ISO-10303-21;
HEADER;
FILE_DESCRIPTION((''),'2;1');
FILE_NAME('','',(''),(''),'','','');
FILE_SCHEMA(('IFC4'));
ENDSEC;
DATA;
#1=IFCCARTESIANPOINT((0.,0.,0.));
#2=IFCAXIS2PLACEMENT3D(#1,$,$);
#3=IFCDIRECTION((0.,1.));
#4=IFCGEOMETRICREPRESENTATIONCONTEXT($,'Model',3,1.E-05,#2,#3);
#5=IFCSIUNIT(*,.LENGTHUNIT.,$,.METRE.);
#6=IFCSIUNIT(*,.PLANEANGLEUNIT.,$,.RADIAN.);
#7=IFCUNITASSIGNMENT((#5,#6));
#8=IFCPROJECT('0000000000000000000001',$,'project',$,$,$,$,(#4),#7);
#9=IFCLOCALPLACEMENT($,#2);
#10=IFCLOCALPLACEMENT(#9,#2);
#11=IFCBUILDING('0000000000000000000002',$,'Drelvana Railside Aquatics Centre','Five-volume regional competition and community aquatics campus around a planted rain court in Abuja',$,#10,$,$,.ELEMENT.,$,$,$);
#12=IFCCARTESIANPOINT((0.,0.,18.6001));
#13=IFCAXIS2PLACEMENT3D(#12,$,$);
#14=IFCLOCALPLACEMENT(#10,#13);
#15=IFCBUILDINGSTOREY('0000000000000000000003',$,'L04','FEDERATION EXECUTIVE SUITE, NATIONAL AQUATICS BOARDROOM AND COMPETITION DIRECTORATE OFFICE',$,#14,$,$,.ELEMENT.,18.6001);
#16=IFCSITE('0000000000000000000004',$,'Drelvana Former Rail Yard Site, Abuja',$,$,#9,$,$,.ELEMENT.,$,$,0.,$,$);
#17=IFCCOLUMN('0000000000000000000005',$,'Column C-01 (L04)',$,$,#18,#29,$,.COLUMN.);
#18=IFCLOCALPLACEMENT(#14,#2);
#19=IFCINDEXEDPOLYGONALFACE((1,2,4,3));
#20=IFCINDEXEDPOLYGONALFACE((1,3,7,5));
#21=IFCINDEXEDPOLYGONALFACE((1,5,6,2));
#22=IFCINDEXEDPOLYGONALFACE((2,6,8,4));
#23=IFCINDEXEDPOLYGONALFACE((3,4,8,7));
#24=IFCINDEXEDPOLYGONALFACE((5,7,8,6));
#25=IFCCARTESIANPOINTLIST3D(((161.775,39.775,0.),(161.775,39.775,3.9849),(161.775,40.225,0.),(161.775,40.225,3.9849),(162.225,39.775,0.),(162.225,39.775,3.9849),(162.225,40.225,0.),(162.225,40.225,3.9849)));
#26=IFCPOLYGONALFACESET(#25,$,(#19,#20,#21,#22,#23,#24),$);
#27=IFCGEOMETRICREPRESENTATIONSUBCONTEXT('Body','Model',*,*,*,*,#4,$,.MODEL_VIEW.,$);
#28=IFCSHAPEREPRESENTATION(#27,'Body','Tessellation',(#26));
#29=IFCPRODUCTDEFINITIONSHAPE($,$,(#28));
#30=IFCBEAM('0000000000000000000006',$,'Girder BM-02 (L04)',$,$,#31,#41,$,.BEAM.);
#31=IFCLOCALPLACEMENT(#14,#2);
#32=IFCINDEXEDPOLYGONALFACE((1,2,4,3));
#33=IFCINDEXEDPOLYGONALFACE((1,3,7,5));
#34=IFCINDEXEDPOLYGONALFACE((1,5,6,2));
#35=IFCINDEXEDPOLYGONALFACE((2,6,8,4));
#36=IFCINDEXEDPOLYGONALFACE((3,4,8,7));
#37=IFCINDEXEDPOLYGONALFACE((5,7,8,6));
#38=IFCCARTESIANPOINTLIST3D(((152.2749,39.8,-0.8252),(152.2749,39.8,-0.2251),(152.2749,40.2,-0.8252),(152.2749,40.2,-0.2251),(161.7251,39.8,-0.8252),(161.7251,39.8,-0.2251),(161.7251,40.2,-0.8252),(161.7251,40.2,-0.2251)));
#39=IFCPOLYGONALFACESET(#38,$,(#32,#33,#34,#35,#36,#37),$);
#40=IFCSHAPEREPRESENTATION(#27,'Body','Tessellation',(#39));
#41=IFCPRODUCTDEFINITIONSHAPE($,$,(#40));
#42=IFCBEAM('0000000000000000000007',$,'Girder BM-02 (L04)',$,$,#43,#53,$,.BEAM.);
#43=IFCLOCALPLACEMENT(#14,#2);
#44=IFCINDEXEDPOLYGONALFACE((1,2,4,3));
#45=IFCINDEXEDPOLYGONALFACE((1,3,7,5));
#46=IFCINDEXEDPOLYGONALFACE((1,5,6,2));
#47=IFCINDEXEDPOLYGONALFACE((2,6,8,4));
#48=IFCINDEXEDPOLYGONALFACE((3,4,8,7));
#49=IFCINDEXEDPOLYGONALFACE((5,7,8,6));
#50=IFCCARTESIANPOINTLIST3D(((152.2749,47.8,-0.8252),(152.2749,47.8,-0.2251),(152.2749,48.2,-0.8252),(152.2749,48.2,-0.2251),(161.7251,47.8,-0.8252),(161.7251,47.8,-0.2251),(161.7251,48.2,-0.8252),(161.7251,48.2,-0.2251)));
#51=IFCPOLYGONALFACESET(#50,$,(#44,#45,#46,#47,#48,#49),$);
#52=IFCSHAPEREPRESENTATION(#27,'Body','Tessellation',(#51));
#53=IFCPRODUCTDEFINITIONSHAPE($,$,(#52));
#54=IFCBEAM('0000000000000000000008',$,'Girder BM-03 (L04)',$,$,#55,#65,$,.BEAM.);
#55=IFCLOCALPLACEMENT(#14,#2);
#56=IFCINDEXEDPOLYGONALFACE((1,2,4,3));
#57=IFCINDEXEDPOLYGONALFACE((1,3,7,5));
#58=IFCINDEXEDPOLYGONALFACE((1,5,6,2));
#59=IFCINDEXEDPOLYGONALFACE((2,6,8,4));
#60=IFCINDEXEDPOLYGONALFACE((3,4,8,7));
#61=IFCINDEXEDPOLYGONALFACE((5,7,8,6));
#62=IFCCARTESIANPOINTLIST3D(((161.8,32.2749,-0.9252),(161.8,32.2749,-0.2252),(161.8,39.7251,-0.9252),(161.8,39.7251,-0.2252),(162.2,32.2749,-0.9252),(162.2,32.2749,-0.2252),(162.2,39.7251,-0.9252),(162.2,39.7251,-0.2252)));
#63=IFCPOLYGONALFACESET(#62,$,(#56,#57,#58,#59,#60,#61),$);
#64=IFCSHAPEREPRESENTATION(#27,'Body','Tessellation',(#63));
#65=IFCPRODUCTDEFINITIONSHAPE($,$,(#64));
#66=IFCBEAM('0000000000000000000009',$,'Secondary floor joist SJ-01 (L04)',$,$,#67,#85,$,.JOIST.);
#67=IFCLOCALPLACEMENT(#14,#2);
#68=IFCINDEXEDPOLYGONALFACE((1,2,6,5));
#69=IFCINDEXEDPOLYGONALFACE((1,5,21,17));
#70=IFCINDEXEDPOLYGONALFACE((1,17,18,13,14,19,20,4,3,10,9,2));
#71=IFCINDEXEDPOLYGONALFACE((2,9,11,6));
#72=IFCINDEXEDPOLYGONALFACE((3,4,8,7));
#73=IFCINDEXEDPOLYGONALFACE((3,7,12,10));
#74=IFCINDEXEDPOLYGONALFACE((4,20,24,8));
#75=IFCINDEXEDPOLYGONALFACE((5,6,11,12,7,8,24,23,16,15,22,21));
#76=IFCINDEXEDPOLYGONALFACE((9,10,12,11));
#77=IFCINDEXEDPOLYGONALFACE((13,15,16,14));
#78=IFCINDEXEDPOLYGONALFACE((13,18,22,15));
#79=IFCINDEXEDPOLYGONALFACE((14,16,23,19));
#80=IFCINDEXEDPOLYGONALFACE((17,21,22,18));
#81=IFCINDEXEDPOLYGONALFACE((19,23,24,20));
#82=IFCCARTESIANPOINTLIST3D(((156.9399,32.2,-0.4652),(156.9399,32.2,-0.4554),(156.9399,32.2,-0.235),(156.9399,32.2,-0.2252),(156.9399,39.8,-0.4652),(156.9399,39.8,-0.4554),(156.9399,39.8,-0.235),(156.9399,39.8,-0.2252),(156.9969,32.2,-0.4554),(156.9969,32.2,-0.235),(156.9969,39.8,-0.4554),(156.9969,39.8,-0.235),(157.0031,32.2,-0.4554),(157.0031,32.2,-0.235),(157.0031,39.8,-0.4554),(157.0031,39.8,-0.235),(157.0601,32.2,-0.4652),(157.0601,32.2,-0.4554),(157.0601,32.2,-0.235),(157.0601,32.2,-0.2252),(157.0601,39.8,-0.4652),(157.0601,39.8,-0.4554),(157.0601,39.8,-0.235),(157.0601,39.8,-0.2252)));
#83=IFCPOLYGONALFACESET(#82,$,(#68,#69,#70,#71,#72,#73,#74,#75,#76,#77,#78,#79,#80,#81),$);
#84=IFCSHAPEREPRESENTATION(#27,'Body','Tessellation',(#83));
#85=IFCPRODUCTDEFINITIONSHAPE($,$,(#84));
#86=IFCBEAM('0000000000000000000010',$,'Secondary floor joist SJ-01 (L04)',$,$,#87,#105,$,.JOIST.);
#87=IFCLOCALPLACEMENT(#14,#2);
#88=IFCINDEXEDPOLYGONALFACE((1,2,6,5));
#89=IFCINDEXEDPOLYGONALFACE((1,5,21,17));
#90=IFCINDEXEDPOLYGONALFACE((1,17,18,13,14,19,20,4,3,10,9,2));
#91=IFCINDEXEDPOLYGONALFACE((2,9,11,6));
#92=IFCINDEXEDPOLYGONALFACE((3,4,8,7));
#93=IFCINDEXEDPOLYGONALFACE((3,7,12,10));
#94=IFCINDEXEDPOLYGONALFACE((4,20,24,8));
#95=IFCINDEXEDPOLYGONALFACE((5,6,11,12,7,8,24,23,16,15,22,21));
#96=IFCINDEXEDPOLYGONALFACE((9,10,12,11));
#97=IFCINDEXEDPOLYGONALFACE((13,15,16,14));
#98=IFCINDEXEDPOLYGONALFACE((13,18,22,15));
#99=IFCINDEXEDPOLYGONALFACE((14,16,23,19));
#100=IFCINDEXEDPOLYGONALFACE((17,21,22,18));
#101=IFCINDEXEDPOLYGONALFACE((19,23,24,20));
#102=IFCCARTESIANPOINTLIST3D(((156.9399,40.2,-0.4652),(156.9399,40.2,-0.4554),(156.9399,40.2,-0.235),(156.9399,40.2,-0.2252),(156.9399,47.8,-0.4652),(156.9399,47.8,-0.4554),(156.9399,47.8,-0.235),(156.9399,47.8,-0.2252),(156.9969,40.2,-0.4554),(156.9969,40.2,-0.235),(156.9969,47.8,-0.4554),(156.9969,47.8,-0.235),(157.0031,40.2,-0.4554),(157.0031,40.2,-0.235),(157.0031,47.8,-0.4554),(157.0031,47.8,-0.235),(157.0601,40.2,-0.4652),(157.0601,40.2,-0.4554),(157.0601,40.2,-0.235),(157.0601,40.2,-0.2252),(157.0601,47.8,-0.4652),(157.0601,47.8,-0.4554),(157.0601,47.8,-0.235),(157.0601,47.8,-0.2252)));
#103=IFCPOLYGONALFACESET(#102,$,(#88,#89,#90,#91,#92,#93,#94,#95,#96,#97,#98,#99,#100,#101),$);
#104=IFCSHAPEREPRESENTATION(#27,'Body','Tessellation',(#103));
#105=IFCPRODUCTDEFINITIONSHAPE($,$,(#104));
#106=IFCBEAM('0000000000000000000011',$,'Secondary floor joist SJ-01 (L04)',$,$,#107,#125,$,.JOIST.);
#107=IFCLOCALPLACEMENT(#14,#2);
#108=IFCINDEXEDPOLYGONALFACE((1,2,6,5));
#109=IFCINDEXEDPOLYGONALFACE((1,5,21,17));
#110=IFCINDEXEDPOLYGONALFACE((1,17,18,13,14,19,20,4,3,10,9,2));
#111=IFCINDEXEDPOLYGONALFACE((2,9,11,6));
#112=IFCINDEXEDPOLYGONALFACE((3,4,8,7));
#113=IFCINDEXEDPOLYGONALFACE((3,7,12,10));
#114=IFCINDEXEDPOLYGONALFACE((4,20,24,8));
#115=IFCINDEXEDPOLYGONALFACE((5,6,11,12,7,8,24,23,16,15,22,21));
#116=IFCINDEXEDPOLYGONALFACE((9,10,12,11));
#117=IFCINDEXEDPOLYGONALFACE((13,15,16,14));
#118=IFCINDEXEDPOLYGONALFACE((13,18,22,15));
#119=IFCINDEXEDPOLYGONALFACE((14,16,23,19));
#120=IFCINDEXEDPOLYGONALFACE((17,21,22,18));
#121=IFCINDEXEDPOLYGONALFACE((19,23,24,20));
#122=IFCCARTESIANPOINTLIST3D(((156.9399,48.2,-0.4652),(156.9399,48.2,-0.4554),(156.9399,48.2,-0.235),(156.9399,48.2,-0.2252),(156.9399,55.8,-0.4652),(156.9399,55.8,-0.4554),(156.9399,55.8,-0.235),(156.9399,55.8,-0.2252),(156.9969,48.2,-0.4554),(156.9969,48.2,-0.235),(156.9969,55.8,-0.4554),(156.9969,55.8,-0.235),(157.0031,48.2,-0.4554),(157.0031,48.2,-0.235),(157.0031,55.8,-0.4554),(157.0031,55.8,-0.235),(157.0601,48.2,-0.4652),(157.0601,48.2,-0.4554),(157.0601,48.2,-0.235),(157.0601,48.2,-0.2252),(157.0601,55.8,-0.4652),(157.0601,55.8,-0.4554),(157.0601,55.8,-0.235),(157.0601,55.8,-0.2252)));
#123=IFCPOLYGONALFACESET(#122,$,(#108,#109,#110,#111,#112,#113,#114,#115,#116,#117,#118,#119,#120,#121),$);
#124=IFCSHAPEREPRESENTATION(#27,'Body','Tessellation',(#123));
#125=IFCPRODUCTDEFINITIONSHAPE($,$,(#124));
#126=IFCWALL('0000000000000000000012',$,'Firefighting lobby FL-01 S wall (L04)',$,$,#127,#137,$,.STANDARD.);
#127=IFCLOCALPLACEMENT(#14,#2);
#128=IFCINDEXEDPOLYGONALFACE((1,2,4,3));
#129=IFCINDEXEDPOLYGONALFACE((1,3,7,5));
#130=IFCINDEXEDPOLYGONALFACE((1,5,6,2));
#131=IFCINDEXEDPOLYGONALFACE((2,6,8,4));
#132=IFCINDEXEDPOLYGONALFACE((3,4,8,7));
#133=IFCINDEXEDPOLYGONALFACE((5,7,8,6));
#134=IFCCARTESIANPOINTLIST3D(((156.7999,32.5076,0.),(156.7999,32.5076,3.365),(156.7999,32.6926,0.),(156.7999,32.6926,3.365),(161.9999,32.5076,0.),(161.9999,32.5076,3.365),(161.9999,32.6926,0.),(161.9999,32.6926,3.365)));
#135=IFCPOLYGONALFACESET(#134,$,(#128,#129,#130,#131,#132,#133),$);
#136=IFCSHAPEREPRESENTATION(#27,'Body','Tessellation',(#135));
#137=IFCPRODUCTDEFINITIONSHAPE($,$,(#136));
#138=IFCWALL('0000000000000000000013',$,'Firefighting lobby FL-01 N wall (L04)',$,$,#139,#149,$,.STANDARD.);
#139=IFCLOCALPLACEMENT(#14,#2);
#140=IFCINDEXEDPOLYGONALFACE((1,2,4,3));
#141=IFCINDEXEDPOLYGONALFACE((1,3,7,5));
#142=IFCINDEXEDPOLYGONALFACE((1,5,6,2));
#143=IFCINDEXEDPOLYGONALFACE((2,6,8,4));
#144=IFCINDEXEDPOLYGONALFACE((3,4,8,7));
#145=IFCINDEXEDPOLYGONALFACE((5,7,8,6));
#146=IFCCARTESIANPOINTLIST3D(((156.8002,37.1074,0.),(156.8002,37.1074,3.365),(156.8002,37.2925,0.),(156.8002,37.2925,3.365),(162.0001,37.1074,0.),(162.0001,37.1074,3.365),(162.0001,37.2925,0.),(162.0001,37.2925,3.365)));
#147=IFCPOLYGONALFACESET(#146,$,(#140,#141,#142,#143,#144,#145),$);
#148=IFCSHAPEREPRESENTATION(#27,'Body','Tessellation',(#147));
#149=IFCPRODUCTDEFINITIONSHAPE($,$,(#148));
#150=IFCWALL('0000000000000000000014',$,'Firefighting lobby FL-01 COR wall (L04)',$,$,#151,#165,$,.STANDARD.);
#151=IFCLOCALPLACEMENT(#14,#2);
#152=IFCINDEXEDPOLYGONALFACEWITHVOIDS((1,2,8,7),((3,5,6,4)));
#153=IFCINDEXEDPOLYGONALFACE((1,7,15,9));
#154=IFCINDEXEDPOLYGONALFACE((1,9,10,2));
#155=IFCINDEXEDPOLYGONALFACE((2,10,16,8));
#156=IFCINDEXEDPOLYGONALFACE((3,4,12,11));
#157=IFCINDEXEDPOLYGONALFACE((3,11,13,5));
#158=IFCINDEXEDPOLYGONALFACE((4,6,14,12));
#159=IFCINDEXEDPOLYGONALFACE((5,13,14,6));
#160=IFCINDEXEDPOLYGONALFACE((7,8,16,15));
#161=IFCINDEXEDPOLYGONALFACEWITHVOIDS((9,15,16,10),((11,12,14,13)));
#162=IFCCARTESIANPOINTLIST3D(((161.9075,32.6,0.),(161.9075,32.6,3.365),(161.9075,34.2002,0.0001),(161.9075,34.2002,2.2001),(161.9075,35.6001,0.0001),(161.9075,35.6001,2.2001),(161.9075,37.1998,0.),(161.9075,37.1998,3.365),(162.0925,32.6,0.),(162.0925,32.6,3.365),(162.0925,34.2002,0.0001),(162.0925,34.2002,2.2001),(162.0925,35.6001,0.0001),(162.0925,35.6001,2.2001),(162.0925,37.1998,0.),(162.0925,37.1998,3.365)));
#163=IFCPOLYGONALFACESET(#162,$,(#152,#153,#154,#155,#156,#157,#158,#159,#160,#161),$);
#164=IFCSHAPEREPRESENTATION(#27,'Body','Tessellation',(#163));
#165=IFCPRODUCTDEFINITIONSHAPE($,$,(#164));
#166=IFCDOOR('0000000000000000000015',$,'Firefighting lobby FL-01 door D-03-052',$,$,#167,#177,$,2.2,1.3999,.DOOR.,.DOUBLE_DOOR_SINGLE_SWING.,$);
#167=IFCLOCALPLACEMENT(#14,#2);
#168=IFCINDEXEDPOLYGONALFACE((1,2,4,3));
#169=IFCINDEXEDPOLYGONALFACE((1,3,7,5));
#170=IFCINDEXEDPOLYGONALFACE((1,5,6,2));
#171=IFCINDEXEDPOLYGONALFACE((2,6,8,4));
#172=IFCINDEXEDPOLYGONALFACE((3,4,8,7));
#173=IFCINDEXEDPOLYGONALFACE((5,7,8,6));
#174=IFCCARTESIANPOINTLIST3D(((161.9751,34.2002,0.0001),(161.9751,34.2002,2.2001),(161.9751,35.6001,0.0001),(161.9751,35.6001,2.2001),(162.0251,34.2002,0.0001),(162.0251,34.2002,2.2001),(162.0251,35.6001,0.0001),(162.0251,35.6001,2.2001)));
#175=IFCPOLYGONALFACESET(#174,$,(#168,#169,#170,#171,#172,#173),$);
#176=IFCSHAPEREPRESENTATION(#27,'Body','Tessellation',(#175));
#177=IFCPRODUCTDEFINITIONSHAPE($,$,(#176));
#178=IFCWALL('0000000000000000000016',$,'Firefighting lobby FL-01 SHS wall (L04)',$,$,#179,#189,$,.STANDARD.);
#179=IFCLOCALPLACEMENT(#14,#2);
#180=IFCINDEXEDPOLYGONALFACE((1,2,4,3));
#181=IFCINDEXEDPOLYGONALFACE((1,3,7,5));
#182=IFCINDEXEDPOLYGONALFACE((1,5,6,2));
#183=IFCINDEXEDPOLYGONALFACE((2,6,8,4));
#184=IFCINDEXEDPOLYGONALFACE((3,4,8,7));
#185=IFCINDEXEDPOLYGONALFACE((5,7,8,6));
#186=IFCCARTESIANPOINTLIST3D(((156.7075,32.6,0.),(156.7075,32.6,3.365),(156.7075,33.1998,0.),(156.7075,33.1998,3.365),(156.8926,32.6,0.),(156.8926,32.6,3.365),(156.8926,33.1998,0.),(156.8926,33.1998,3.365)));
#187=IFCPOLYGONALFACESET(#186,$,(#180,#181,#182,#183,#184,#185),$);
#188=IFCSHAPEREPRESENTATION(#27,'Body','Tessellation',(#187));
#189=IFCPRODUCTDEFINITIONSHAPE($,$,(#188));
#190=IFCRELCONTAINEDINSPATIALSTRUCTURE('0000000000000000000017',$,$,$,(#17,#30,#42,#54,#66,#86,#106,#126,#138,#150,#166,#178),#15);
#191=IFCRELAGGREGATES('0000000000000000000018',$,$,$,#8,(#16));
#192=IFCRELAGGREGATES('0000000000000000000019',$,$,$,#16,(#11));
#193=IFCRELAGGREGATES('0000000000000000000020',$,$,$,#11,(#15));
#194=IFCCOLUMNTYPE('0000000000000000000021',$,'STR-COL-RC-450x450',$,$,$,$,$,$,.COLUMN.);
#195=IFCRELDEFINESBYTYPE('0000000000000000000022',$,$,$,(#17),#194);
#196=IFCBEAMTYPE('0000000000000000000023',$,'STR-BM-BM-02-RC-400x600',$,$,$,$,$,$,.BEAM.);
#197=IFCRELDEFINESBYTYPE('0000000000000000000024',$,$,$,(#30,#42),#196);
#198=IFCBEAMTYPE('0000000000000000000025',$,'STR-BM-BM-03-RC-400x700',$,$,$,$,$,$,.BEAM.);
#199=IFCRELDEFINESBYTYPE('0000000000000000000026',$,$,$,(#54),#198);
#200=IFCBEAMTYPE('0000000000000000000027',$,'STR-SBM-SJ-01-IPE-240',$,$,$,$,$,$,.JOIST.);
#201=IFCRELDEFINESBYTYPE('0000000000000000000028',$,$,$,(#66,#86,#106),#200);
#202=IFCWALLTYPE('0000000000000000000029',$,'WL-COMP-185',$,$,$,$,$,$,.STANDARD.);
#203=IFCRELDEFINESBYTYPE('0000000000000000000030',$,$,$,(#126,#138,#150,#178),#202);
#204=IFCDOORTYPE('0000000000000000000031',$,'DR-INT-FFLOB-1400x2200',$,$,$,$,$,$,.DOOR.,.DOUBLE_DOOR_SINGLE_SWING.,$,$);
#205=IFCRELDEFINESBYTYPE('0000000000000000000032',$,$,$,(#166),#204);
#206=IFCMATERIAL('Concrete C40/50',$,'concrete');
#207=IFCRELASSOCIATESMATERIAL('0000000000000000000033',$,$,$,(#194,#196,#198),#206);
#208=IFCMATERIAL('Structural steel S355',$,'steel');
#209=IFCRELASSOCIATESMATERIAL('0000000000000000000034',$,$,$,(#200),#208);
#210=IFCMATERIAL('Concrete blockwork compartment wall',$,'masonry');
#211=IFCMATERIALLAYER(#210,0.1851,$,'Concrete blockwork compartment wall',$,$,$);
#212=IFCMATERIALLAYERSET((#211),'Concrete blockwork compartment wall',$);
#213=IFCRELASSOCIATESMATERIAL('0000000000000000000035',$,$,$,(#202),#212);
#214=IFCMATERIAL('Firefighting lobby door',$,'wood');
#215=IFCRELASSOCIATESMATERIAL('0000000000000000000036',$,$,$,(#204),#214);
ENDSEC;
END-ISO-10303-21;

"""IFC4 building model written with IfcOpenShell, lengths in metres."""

from ifc_helpers import new_model, si_unit, direction, frame, frame_2d, origin, origin_2d, place, context, subcontext, project, spatial, rectangle, i_section, extrude, material, layer, layer_set, material_profile, profile_set, type_object, element, fill, save


model = new_model("IFC4")

# Units and contexts
model_context = context("Model", 3, precision=1e-05, world=origin(), true_north=direction((0.0, 1.0)))
body_context = subcontext(model_context, "Body", "Model", "MODEL_VIEW")
ifc_project = project(units=[si_unit("LENGTHUNIT", "METRE"), si_unit("PLANEANGLEUNIT", "RADIAN")], contexts=[model_context])

# Site, building, storey
site_placement = place(None, origin())
site = spatial("IfcSite", under=ifc_project, at=site_placement, Name="Drelvana Former Rail Yard Site, Abuja", CompositionType="ELEMENT", RefElevation=0.0)
building_placement = place(site_placement, origin())
building = spatial("IfcBuilding", under=site, at=building_placement, Name="Drelvana Railside Aquatics Centre", Description="Five-volume regional competition and community aquatics campus around a planted rain court in Abuja", CompositionType="ELEMENT")
storey_placement = place(building_placement, frame((0.0, 0.0, 18.6001)))
storey = spatial("IfcBuildingStorey", under=building, at=storey_placement, Name="L04", Description="FEDERATION EXECUTIVE SUITE, NATIONAL AQUATICS BOARDROOM AND COMPETITION DIRECTORATE OFFICE", CompositionType="ELEMENT", Elevation=18.6001)

# Column
ifc_material_1 = material(Name="Concrete C40/50", Category="concrete")
ifc_material_profile_1 = material_profile(ifc_material_1, rectangle(XDim=0.45, YDim=0.45, at=origin_2d()), Name="RC 450x450")
ifc_profile_set_1 = profile_set([ifc_material_profile_1], Name="Concrete C40/50")
column_type = type_object("IfcColumnType", Name="STR-COL-RC-450x450", PredefinedType="COLUMN", material=ifc_profile_set_1)
column_placement = place(storey_placement, frame((162.0, 40.0, 0.0), z_axis=(0.0, 0.0, 1.0), x_axis=(1.0, 0.0, 0.0)))
element("IfcColumn", 1, at=column_placement, inside=storey, type_object=column_type, Name="Column C-01 (L04)", PredefinedType="COLUMN", context=body_context, shape_type="SweptSolid", body=[
    extrude(rectangle(XDim=0.45, YDim=0.45, at=origin_2d()), origin(), (0.0, 0.0, 1.0), 3.9849),
])

# Beams
ifc_material_profile_2 = material_profile(ifc_material_1, rectangle(XDim=0.3999, YDim=0.6001, at=origin_2d()), Name="RC 400x600")
ifc_profile_set_2 = profile_set([ifc_material_profile_2], Name="Concrete C40/50")
beam_type_1 = type_object("IfcBeamType", Name="STR-BM-BM-02-RC-400x600", PredefinedType="BEAM", material=ifc_profile_set_2)
for number, where, z_axis, x_axis, name in (
    (2, (152.2749, 40.0, -0.5251), (1.0, 0.0, 0.0), (0.0, 1.0, 0.0), "Girder BM-02 (L04)"),
    (3, (152.2749, 48.0, -0.5251), (1.0, 0.0, 0.0), (0.0, 1.0, 0.0), "Girder BM-02 (L04)"),
):
    element("IfcBeam", number, at=place(storey_placement, frame(where, z_axis=z_axis, x_axis=x_axis)), inside=storey, type_object=beam_type_1, Name=name, PredefinedType="BEAM", context=body_context, shape_type="SweptSolid", body=[
        extrude(rectangle(XDim=0.3999, YDim=0.6001, at=origin_2d()), origin(), (0.0, 0.0, 1.0), 9.4502),
    ])
ifc_material_profile_3 = material_profile(ifc_material_1, rectangle(XDim=0.3999, YDim=0.7, at=origin_2d()), Name="RC 400x700")
ifc_profile_set_3 = profile_set([ifc_material_profile_3], Name="Concrete C40/50")
beam_type_2 = type_object("IfcBeamType", Name="STR-BM-BM-03-RC-400x700", PredefinedType="BEAM", material=ifc_profile_set_3)
beam_placement = place(storey_placement, frame((162.0, 32.2749, -0.5752), z_axis=(0.0, 1.0, 0.0), x_axis=(-1.0, 0.0, 0.0)))
element("IfcBeam", 4, at=beam_placement, inside=storey, type_object=beam_type_2, Name="Girder BM-03 (L04)", PredefinedType="BEAM", context=body_context, shape_type="SweptSolid", body=[
    extrude(rectangle(XDim=0.3999, YDim=0.7, at=origin_2d()), origin(), (0.0, 0.0, 1.0), 7.4502),
])
ifc_material_2 = material(Name="Structural steel S355", Category="steel")
ifc_material_profile_4 = material_profile(ifc_material_2, i_section(OverallWidth=0.1201, OverallDepth=0.24, WebThickness=0.0061, FlangeThickness=0.0098, at=origin_2d()), Name="IPE 240")
ifc_profile_set_4 = profile_set([ifc_material_profile_4], Name="Structural steel S355")
beam_type_3 = type_object("IfcBeamType", Name="STR-SBM-SJ-01-IPE-240", PredefinedType="JOIST", material=ifc_profile_set_4)
for number, where, z_axis, x_axis, name in (
    (5, (157.0, 32.2, -0.3452), (0.0, 1.0, 0.0), (-1.0, 0.0, 0.0), "Secondary floor joist SJ-01 (L04)"),
    (6, (157.0, 40.2, -0.3452), (0.0, 1.0, 0.0), (-1.0, 0.0, 0.0), "Secondary floor joist SJ-01 (L04)"),
    (7, (157.0, 48.2, -0.3452), (0.0, 1.0, 0.0), (-1.0, 0.0, 0.0), "Secondary floor joist SJ-01 (L04)"),
):
    element("IfcBeam", number, at=place(storey_placement, frame(where, z_axis=z_axis, x_axis=x_axis)), inside=storey, type_object=beam_type_3, Name=name, PredefinedType="JOIST", context=body_context, shape_type="SweptSolid", body=[
        extrude(i_section(OverallWidth=0.1201, OverallDepth=0.24, WebThickness=0.0061, FlangeThickness=0.0098, at=origin_2d()), origin(), (0.0, 0.0, 1.0), 7.6001),
    ])

# Walls
ifc_material_3 = material(Name="Concrete blockwork compartment wall", Category="masonry")
ifc_layer_1 = layer(ifc_material_3, 0.1851, Name="Concrete blockwork compartment wall")
ifc_layer_set_1 = layer_set([ifc_layer_1], Name="Concrete blockwork compartment wall")
wall_type_1 = type_object("IfcWallType", Name="WL-COMP-185", PredefinedType="STANDARD", material=ifc_layer_set_1)
for number, where, z_axis, x_axis, name in (
    (8, (162.0, 32.6001, 0.0), (0.0, 0.0, 1.0), (-1.0, 0.0, 0.0), "Firefighting lobby FL-01 S wall (L04)"),
    (9, (156.8, 37.2, 0.0), (0.0, 0.0, 1.0), (1.0, 0.0, 0.0), "Firefighting lobby FL-01 N wall (L04)"),
):
    element("IfcWall", number, at=place(storey_placement, frame(where, z_axis=z_axis, x_axis=x_axis)), inside=storey, type_object=wall_type_1, Name=name, PredefinedType="STANDARD", context=body_context, shape_type="SweptSolid", body=[
        extrude(rectangle(XDim=5.2, YDim=0.1851, at=frame_2d((2.6001, 0.0))), origin(), (0.0, 0.0, 1.0), 3.365),
    ])

# Wall, opening, door
wall_1_placement = place(storey_placement, frame((162.0, 32.6001, 0.0), z_axis=(0.0, 0.0, 1.0), x_axis=(0.0, 1.0, 0.0)))
wall_1 = element("IfcWall", 10, at=wall_1_placement, inside=storey, type_object=wall_type_1, Name="Firefighting lobby FL-01 COR wall (L04)", PredefinedType="STANDARD", context=body_context, shape_type="SweptSolid", body=[
    extrude(rectangle(XDim=4.5999, YDim=0.1851, at=frame_2d((2.2998, 0.0))), origin(), (0.0, 0.0, 1.0), 3.365),
])
opening_1_placement = place(wall_1_placement, frame((1.6001, 0.0, 0.0)))
opening_1 = element("IfcOpeningElement", 11, at=opening_1_placement, cuts=wall_1, PredefinedType="OPENING", context=body_context, shape_type="SweptSolid", body=[
    extrude(rectangle(XDim=1.3999, YDim=2.2, at=frame_2d((0.7, 1.1001))), frame((0.0, 0.1025, 0.0), z_axis=(0.0, -1.0, 0.0), x_axis=(1.0, 0.0, 0.0)), (0.0, 0.0, 1.0), 0.2051),
])
ifc_material_4 = material(Name="Firefighting lobby door", Category="wood")
door_type_1 = type_object("IfcDoorType", Name="DR-INT-FFLOB-1400x2200", OperationType="DOUBLE_DOOR_SINGLE_SWING", PredefinedType="DOOR", material=ifc_material_4)
door_1_placement = place(opening_1_placement, origin())
door_1 = element("IfcDoor", 12, at=door_1_placement, inside=storey, type_object=door_type_1, Name="Firefighting lobby FL-01 door D-03-052", OperationType="DOUBLE_DOOR_SINGLE_SWING", OverallHeight=2.2, OverallWidth=1.3999, PredefinedType="DOOR", context=body_context, shape_type="SweptSolid", body=[
    extrude(rectangle(XDim=1.3999, YDim=2.2, at=frame_2d((0.7, 1.1001))), frame((0.0, 0.0249, 0.0), z_axis=(0.0, -1.0, 0.0), x_axis=(1.0, 0.0, 0.0)), (0.0, 0.0, 1.0), 0.05),
])
fill(opening_1, door_1)

# Wall
for number, where, z_axis, x_axis, name in (
    (13, (156.8, 32.6001, 0.0), (0.0, 0.0, 1.0), (0.0, 1.0, 0.0), "Firefighting lobby FL-01 SHS wall (L04)"),
):
    element("IfcWall", number, at=place(storey_placement, frame(where, z_axis=z_axis, x_axis=x_axis)), inside=storey, type_object=wall_type_1, Name=name, PredefinedType="STANDARD", context=body_context, shape_type="SweptSolid", body=[
        extrude(rectangle(XDim=0.5999, YDim=0.1851, at=frame_2d((0.2998, 0.0))), origin(), (0.0, 0.0, 1.0), 3.365),
    ])

save(model, "model.ifc")
